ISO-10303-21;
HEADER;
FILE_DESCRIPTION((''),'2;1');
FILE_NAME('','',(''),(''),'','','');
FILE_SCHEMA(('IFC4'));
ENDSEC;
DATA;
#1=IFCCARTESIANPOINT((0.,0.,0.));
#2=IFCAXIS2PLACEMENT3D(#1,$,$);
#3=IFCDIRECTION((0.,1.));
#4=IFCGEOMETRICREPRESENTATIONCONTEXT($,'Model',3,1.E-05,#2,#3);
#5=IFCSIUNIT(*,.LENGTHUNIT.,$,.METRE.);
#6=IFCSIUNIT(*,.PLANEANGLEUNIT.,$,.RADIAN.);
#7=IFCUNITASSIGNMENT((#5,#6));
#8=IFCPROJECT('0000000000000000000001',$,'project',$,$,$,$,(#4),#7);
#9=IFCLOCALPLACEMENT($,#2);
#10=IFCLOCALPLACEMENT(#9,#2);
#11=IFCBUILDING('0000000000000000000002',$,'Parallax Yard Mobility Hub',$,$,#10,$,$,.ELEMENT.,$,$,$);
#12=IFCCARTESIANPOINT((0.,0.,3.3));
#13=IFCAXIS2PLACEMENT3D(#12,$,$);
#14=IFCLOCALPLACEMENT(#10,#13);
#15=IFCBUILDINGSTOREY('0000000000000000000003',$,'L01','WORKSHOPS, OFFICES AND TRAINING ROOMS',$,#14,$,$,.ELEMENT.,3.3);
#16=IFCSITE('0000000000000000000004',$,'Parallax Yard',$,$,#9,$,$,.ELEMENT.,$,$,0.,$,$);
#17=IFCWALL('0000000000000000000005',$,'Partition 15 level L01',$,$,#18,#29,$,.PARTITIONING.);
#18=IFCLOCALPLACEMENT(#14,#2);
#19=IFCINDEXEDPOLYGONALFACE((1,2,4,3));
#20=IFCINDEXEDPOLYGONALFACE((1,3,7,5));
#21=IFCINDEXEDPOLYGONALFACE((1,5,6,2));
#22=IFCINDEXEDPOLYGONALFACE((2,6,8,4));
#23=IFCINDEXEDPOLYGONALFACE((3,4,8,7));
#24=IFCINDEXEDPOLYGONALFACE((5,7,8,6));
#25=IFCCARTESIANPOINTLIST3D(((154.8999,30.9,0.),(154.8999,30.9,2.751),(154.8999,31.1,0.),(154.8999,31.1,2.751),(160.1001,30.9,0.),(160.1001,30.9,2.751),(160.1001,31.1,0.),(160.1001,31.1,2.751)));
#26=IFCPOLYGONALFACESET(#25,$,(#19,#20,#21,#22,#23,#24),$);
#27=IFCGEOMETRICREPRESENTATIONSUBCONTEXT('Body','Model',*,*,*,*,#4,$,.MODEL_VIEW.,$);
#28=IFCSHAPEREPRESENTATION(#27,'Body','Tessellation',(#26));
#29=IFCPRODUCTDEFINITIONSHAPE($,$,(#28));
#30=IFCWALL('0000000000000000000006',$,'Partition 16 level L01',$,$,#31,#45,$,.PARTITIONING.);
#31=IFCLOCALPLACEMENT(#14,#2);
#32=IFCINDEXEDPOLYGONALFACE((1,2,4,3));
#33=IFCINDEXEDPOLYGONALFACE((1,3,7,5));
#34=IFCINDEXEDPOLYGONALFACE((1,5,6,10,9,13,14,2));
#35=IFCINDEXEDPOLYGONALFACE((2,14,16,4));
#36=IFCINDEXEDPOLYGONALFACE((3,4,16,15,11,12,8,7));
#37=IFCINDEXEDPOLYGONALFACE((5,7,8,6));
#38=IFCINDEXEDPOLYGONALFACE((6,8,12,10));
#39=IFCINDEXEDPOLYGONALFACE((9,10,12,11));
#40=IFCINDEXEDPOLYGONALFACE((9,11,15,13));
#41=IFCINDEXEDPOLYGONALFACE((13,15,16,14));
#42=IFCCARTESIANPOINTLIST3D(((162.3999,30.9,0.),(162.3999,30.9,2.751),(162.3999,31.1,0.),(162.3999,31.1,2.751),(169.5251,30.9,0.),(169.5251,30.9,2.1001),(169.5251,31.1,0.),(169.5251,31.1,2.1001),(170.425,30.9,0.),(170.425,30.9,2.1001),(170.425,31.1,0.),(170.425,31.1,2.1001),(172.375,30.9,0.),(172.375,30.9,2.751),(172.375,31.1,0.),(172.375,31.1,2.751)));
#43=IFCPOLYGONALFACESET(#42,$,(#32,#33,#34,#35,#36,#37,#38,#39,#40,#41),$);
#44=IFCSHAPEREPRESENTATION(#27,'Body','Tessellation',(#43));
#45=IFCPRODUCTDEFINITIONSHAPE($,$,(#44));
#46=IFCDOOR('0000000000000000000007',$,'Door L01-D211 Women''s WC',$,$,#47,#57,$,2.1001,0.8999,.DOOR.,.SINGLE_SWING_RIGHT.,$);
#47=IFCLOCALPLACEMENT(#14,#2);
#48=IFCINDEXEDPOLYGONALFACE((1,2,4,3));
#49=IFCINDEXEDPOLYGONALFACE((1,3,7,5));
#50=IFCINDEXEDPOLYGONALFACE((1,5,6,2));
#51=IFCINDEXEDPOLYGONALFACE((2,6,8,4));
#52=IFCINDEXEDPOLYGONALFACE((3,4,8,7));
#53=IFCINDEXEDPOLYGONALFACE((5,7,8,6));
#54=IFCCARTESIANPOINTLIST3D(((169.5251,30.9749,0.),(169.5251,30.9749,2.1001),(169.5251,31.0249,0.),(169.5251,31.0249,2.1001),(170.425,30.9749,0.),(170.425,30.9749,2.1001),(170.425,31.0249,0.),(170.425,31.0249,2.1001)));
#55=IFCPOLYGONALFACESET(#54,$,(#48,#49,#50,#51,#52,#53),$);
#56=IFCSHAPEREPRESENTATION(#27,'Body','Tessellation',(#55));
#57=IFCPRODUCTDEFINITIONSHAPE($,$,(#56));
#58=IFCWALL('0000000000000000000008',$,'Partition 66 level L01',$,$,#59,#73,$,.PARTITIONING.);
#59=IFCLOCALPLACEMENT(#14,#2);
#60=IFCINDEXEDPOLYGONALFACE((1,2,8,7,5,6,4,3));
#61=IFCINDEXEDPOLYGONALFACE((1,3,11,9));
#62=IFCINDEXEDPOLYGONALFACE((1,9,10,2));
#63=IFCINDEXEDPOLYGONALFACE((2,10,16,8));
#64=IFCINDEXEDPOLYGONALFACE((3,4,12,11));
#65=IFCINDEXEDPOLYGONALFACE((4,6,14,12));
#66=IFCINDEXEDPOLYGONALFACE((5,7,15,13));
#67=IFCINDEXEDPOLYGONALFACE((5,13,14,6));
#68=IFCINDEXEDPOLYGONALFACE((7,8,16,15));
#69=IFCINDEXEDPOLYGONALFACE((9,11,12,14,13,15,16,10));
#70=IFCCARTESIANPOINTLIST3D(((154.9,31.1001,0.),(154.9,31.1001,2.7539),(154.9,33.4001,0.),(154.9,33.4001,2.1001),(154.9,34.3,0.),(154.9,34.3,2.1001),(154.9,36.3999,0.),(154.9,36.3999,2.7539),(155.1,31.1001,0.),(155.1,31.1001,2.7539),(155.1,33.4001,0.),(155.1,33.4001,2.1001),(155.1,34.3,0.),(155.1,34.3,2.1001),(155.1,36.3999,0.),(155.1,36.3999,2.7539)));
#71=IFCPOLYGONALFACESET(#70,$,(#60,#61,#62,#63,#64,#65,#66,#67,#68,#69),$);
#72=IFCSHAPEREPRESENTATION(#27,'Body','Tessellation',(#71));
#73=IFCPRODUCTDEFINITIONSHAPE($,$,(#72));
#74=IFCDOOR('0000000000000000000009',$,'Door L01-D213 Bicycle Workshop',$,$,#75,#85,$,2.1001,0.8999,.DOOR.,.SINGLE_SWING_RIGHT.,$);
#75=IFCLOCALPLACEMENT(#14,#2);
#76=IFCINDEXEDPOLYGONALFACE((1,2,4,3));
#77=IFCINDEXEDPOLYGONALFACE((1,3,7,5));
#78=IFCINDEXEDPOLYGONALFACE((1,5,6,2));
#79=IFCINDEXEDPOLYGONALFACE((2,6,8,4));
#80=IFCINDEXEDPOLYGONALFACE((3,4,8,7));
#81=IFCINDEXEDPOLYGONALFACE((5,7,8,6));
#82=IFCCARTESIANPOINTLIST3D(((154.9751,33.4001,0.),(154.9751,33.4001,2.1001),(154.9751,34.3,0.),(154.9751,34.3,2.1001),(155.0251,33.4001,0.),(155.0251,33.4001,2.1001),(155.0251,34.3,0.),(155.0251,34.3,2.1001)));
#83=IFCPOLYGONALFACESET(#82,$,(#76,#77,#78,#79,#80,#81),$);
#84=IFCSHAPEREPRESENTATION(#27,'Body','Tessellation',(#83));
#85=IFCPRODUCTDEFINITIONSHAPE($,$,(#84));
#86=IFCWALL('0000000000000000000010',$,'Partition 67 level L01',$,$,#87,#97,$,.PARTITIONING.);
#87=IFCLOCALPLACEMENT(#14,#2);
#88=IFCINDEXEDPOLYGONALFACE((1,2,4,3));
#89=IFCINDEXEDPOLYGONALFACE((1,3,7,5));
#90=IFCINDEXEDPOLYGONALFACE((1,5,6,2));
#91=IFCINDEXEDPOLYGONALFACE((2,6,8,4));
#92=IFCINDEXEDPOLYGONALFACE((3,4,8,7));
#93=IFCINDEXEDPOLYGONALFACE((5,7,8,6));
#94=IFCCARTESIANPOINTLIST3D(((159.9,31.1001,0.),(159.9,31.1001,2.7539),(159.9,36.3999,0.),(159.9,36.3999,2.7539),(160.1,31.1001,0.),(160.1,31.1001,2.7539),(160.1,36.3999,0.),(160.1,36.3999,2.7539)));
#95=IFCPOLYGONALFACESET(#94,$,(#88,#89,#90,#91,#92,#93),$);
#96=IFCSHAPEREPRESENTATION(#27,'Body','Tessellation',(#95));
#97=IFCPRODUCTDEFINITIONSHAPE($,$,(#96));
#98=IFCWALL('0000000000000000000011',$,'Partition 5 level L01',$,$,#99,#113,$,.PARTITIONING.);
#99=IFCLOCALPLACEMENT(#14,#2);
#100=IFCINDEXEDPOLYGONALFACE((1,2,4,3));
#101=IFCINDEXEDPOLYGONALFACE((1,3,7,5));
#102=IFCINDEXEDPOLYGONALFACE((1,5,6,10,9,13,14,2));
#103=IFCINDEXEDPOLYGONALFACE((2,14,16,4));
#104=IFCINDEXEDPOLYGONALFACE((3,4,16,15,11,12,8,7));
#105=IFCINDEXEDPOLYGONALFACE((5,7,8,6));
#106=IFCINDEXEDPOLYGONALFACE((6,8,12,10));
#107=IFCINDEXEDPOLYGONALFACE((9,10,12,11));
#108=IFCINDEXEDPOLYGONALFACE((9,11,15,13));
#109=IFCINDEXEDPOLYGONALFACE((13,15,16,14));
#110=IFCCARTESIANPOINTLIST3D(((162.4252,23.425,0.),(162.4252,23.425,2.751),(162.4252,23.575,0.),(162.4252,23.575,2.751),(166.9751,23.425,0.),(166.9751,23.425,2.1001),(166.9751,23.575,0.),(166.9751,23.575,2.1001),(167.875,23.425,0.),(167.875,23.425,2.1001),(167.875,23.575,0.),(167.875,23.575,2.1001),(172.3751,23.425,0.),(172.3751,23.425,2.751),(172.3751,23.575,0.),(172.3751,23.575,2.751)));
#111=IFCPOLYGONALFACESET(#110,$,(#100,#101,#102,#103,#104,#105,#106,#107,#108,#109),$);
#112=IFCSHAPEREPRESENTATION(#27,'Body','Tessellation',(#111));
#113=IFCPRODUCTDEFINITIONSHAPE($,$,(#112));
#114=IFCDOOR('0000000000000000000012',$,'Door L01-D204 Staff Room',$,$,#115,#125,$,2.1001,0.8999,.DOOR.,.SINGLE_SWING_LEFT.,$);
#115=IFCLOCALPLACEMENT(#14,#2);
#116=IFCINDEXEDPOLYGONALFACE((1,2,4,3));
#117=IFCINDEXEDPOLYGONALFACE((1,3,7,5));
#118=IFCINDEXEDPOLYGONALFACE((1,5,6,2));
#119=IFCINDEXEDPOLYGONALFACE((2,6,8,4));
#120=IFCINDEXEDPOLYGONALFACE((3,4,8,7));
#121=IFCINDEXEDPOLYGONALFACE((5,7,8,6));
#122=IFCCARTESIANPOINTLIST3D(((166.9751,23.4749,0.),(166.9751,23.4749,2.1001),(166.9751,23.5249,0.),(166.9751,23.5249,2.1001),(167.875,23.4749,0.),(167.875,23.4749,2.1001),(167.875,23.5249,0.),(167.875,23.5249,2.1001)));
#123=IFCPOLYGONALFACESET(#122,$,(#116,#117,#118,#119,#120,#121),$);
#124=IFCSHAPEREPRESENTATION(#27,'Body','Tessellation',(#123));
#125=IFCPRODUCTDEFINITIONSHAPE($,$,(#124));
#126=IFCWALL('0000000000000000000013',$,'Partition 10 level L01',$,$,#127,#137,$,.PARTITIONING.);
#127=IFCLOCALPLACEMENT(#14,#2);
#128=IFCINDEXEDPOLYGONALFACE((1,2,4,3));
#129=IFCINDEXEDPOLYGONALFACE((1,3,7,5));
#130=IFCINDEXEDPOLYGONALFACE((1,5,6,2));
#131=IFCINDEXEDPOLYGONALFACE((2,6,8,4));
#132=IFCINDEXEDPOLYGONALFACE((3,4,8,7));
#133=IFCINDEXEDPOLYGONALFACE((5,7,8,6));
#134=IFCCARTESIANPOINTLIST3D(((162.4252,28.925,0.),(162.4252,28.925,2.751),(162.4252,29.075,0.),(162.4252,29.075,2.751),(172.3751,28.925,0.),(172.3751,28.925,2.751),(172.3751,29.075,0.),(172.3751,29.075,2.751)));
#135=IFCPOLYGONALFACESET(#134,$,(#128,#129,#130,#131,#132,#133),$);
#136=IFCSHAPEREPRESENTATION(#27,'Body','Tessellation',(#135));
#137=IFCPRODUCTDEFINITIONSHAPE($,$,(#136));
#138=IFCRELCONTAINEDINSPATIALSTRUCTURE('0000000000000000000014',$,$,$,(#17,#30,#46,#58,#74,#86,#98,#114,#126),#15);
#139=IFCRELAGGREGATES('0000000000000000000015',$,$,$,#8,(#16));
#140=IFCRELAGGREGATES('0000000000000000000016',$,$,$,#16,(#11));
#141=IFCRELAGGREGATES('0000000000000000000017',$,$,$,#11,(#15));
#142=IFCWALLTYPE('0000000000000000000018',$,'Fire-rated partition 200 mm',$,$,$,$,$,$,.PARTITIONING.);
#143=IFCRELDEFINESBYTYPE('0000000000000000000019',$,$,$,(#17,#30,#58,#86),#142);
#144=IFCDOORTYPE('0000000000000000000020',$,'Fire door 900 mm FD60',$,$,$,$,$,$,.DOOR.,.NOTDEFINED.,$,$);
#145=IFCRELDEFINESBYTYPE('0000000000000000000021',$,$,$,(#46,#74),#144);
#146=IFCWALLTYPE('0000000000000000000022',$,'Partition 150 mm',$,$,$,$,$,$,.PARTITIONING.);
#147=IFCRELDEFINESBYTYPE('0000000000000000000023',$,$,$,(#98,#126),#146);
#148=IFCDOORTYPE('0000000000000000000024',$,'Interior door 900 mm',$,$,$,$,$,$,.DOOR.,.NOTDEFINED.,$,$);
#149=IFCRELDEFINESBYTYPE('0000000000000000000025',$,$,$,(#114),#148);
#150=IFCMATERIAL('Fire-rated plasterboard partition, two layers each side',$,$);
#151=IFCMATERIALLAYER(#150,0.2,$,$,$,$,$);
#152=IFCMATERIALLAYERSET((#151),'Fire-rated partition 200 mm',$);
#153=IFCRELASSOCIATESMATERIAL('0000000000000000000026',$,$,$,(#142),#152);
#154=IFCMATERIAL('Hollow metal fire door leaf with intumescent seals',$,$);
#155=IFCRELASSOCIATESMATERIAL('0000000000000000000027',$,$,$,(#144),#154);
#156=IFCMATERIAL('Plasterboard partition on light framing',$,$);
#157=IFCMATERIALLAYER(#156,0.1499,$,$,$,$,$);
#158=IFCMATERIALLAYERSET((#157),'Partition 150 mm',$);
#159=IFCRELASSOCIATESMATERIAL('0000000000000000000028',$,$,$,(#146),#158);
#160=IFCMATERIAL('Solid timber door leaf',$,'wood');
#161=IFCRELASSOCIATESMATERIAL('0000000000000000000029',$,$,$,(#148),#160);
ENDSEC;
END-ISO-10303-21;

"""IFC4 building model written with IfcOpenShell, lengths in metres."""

from ifc_helpers import new_model, si_unit, direction, frame, frame_2d, origin, place, context, subcontext, project, spatial, rectangle, extrude, material, layer, layer_set, type_object, element, fill, save


model = new_model("IFC4")

# Units and contexts
model_context = context("Model", 3, precision=1e-05, world=origin(), true_north=direction((0.0, 1.0)))
body_context = subcontext(model_context, "Body", "Model", "MODEL_VIEW")
ifc_project = project(units=[si_unit("LENGTHUNIT", "METRE"), si_unit("PLANEANGLEUNIT", "RADIAN")], contexts=[model_context])

# Site, building, storey
site_placement = place(None, origin())
site = spatial("IfcSite", under=ifc_project, at=site_placement, Name="Parallax Yard", CompositionType="ELEMENT", RefElevation=0.0)
building_placement = place(site_placement, origin())
building = spatial("IfcBuilding", under=site, at=building_placement, Name="Parallax Yard Mobility Hub", CompositionType="ELEMENT")
storey_placement = place(building_placement, frame((0.0, 0.0, 3.3)))
storey = spatial("IfcBuildingStorey", under=building, at=storey_placement, Name="L01", Description="WORKSHOPS, OFFICES AND TRAINING ROOMS", CompositionType="ELEMENT", Elevation=3.3)

# Wall
ifc_material_1 = material(Name="Fire-rated plasterboard partition, two layers each side")
ifc_layer_1 = layer(ifc_material_1, 0.2)
ifc_layer_set_1 = layer_set([ifc_layer_1], Name="Fire-rated partition 200 mm")
wall_type_1 = type_object("IfcWallType", Name="Fire-rated partition 200 mm", PredefinedType="PARTITIONING", material=ifc_layer_set_1)
wall_1_placement = place(storey_placement, frame((154.8999, 31.0, 0.0), z_axis=(0.0, 0.0, 1.0), x_axis=(1.0, 0.0, 0.0)))
element("IfcWall", 1, at=wall_1_placement, inside=storey, type_object=wall_type_1, Name="Partition 15 level L01", PredefinedType="PARTITIONING", context=body_context, shape_type="SweptSolid", body=[
    extrude(rectangle(XDim=5.2002, YDim=0.2, at=frame_2d((2.6001, 0.0))), origin(), (0.0, 0.0, 1.0), 2.751),
])

# Walls, openings, doors
wall_2_placement = place(storey_placement, frame((162.3999, 31.0, 0.0), z_axis=(0.0, 0.0, 1.0), x_axis=(1.0, 0.0, 0.0)))
wall_2 = element("IfcWall", 2, at=wall_2_placement, inside=storey, type_object=wall_type_1, Name="Partition 16 level L01", PredefinedType="PARTITIONING", context=body_context, shape_type="SweptSolid", body=[
    extrude(rectangle(XDim=9.9751, YDim=0.2, at=frame_2d((4.9875, 0.0))), origin(), (0.0, 0.0, 1.0), 2.751),
])
opening_1_placement = place(wall_2_placement, frame((7.1252, 0.0, 0.0)))
opening_1 = element("IfcOpeningElement", 3, at=opening_1_placement, cuts=wall_2, PredefinedType="OPENING", context=body_context, shape_type="SweptSolid", body=[
    extrude(rectangle(XDim=0.8999, YDim=2.1001, at=frame_2d((0.45, 1.05))), frame((0.0, 0.1099, 0.0), z_axis=(0.0, -1.0, 0.0), x_axis=(1.0, 0.0, 0.0)), (0.0, 0.0, 1.0), 0.22),
])
ifc_material_2 = material(Name="Hollow metal fire door leaf with intumescent seals")
door_type_1 = type_object("IfcDoorType", Name="Fire door 900 mm FD60", OperationType="NOTDEFINED", PredefinedType="DOOR", material=ifc_material_2)
door_1_placement = place(opening_1_placement, origin())
door_1 = element("IfcDoor", 4, at=door_1_placement, inside=storey, type_object=door_type_1, Name="Door L01-D211 Women's WC", OperationType="SINGLE_SWING_RIGHT", OverallHeight=2.1001, OverallWidth=0.8999, PredefinedType="DOOR", context=body_context, shape_type="SweptSolid", body=[
    extrude(rectangle(XDim=0.8999, YDim=2.1001, at=frame_2d((0.45, 1.05))), frame((0.0, 0.0249, 0.0), z_axis=(0.0, -1.0, 0.0), x_axis=(1.0, 0.0, 0.0)), (0.0, 0.0, 1.0), 0.05),
])
fill(opening_1, door_1)
wall_3_placement = place(storey_placement, frame((155.0, 31.1001, 0.0), z_axis=(0.0, 0.0, 1.0), x_axis=(0.0, 1.0, 0.0)))
wall_3 = element("IfcWall", 5, at=wall_3_placement, inside=storey, type_object=wall_type_1, Name="Partition 66 level L01", PredefinedType="PARTITIONING", context=body_context, shape_type="SweptSolid", body=[
    extrude(rectangle(XDim=5.2998, YDim=0.2, at=frame_2d((2.6499, 0.0))), origin(), (0.0, 0.0, 1.0), 2.7539),
])
opening_2_placement = place(wall_3_placement, frame((2.3, 0.0, 0.0)))
opening_2 = element("IfcOpeningElement", 6, at=opening_2_placement, cuts=wall_3, PredefinedType="OPENING", context=body_context, shape_type="SweptSolid", body=[
    extrude(rectangle(XDim=0.8999, YDim=2.1001, at=frame_2d((0.45, 1.05))), frame((0.0, 0.1099, 0.0), z_axis=(0.0, -1.0, 0.0), x_axis=(1.0, 0.0, 0.0)), (0.0, 0.0, 1.0), 0.22),
])
door_2_placement = place(opening_2_placement, origin())
door_2 = element("IfcDoor", 7, at=door_2_placement, inside=storey, type_object=door_type_1, Name="Door L01-D213 Bicycle Workshop", OperationType="SINGLE_SWING_RIGHT", OverallHeight=2.1001, OverallWidth=0.8999, PredefinedType="DOOR", context=body_context, shape_type="SweptSolid", body=[
    extrude(rectangle(XDim=0.8999, YDim=2.1001, at=frame_2d((0.45, 1.05))), frame((0.0, 0.0249, 0.0), z_axis=(0.0, -1.0, 0.0), x_axis=(1.0, 0.0, 0.0)), (0.0, 0.0, 1.0), 0.05),
])
fill(opening_2, door_2)

# Wall
wall_4_placement = place(storey_placement, frame((160.0, 31.1001, 0.0), z_axis=(0.0, 0.0, 1.0), x_axis=(0.0, 1.0, 0.0)))
element("IfcWall", 8, at=wall_4_placement, inside=storey, type_object=wall_type_1, Name="Partition 67 level L01", PredefinedType="PARTITIONING", context=body_context, shape_type="SweptSolid", body=[
    extrude(rectangle(XDim=5.2998, YDim=0.2, at=frame_2d((2.6499, 0.0))), origin(), (0.0, 0.0, 1.0), 2.7539),
])

# Wall, opening, door
ifc_material_3 = material(Name="Plasterboard partition on light framing")
ifc_layer_2 = layer(ifc_material_3, 0.1499)
ifc_layer_set_2 = layer_set([ifc_layer_2], Name="Partition 150 mm")
wall_type_2 = type_object("IfcWallType", Name="Partition 150 mm", PredefinedType="PARTITIONING", material=ifc_layer_set_2)
wall_5_placement = place(storey_placement, frame((162.425, 23.5, 0.0), z_axis=(0.0, 0.0, 1.0), x_axis=(1.0, 0.0, 0.0)))
wall_5 = element("IfcWall", 9, at=wall_5_placement, inside=storey, type_object=wall_type_2, Name="Partition 5 level L01", PredefinedType="PARTITIONING", context=body_context, shape_type="SweptSolid", body=[
    extrude(rectangle(XDim=9.95, YDim=0.1499, at=frame_2d((4.9751, 0.0))), origin(), (0.0, 0.0, 1.0), 2.751),
])
opening_3_placement = place(wall_5_placement, frame((4.55, 0.0, 0.0)))
opening_3 = element("IfcOpeningElement", 10, at=opening_3_placement, cuts=wall_5, PredefinedType="OPENING", context=body_context, shape_type="SweptSolid", body=[
    extrude(rectangle(XDim=0.8999, YDim=2.1001, at=frame_2d((0.45, 1.05))), frame((0.0, 0.085, 0.0), z_axis=(0.0, -1.0, 0.0), x_axis=(1.0, 0.0, 0.0)), (0.0, 0.0, 1.0), 0.1699),
])
ifc_material_4 = material(Name="Solid timber door leaf", Category="wood")
door_type_2 = type_object("IfcDoorType", Name="Interior door 900 mm", OperationType="NOTDEFINED", PredefinedType="DOOR", material=ifc_material_4)
door_3_placement = place(opening_3_placement, origin())
door_3 = element("IfcDoor", 11, at=door_3_placement, inside=storey, type_object=door_type_2, Name="Door L01-D204 Staff Room", OperationType="SINGLE_SWING_LEFT", OverallHeight=2.1001, OverallWidth=0.8999, PredefinedType="DOOR", context=body_context, shape_type="SweptSolid", body=[
    extrude(rectangle(XDim=0.8999, YDim=2.1001, at=frame_2d((0.45, 1.05))), frame((0.0, 0.0249, 0.0), z_axis=(0.0, -1.0, 0.0), x_axis=(1.0, 0.0, 0.0)), (0.0, 0.0, 1.0), 0.05),
])
fill(opening_3, door_3)

# Wall
wall_6_placement = place(storey_placement, frame((162.425, 29.0, 0.0), z_axis=(0.0, 0.0, 1.0), x_axis=(1.0, 0.0, 0.0)))
element("IfcWall", 12, at=wall_6_placement, inside=storey, type_object=wall_type_2, Name="Partition 10 level L01", PredefinedType="PARTITIONING", context=body_context, shape_type="SweptSolid", body=[
    extrude(rectangle(XDim=9.95, YDim=0.1499, at=frame_2d((4.9751, 0.0))), origin(), (0.0, 0.0, 1.0), 2.751),
])

save(model, "model.ifc")
